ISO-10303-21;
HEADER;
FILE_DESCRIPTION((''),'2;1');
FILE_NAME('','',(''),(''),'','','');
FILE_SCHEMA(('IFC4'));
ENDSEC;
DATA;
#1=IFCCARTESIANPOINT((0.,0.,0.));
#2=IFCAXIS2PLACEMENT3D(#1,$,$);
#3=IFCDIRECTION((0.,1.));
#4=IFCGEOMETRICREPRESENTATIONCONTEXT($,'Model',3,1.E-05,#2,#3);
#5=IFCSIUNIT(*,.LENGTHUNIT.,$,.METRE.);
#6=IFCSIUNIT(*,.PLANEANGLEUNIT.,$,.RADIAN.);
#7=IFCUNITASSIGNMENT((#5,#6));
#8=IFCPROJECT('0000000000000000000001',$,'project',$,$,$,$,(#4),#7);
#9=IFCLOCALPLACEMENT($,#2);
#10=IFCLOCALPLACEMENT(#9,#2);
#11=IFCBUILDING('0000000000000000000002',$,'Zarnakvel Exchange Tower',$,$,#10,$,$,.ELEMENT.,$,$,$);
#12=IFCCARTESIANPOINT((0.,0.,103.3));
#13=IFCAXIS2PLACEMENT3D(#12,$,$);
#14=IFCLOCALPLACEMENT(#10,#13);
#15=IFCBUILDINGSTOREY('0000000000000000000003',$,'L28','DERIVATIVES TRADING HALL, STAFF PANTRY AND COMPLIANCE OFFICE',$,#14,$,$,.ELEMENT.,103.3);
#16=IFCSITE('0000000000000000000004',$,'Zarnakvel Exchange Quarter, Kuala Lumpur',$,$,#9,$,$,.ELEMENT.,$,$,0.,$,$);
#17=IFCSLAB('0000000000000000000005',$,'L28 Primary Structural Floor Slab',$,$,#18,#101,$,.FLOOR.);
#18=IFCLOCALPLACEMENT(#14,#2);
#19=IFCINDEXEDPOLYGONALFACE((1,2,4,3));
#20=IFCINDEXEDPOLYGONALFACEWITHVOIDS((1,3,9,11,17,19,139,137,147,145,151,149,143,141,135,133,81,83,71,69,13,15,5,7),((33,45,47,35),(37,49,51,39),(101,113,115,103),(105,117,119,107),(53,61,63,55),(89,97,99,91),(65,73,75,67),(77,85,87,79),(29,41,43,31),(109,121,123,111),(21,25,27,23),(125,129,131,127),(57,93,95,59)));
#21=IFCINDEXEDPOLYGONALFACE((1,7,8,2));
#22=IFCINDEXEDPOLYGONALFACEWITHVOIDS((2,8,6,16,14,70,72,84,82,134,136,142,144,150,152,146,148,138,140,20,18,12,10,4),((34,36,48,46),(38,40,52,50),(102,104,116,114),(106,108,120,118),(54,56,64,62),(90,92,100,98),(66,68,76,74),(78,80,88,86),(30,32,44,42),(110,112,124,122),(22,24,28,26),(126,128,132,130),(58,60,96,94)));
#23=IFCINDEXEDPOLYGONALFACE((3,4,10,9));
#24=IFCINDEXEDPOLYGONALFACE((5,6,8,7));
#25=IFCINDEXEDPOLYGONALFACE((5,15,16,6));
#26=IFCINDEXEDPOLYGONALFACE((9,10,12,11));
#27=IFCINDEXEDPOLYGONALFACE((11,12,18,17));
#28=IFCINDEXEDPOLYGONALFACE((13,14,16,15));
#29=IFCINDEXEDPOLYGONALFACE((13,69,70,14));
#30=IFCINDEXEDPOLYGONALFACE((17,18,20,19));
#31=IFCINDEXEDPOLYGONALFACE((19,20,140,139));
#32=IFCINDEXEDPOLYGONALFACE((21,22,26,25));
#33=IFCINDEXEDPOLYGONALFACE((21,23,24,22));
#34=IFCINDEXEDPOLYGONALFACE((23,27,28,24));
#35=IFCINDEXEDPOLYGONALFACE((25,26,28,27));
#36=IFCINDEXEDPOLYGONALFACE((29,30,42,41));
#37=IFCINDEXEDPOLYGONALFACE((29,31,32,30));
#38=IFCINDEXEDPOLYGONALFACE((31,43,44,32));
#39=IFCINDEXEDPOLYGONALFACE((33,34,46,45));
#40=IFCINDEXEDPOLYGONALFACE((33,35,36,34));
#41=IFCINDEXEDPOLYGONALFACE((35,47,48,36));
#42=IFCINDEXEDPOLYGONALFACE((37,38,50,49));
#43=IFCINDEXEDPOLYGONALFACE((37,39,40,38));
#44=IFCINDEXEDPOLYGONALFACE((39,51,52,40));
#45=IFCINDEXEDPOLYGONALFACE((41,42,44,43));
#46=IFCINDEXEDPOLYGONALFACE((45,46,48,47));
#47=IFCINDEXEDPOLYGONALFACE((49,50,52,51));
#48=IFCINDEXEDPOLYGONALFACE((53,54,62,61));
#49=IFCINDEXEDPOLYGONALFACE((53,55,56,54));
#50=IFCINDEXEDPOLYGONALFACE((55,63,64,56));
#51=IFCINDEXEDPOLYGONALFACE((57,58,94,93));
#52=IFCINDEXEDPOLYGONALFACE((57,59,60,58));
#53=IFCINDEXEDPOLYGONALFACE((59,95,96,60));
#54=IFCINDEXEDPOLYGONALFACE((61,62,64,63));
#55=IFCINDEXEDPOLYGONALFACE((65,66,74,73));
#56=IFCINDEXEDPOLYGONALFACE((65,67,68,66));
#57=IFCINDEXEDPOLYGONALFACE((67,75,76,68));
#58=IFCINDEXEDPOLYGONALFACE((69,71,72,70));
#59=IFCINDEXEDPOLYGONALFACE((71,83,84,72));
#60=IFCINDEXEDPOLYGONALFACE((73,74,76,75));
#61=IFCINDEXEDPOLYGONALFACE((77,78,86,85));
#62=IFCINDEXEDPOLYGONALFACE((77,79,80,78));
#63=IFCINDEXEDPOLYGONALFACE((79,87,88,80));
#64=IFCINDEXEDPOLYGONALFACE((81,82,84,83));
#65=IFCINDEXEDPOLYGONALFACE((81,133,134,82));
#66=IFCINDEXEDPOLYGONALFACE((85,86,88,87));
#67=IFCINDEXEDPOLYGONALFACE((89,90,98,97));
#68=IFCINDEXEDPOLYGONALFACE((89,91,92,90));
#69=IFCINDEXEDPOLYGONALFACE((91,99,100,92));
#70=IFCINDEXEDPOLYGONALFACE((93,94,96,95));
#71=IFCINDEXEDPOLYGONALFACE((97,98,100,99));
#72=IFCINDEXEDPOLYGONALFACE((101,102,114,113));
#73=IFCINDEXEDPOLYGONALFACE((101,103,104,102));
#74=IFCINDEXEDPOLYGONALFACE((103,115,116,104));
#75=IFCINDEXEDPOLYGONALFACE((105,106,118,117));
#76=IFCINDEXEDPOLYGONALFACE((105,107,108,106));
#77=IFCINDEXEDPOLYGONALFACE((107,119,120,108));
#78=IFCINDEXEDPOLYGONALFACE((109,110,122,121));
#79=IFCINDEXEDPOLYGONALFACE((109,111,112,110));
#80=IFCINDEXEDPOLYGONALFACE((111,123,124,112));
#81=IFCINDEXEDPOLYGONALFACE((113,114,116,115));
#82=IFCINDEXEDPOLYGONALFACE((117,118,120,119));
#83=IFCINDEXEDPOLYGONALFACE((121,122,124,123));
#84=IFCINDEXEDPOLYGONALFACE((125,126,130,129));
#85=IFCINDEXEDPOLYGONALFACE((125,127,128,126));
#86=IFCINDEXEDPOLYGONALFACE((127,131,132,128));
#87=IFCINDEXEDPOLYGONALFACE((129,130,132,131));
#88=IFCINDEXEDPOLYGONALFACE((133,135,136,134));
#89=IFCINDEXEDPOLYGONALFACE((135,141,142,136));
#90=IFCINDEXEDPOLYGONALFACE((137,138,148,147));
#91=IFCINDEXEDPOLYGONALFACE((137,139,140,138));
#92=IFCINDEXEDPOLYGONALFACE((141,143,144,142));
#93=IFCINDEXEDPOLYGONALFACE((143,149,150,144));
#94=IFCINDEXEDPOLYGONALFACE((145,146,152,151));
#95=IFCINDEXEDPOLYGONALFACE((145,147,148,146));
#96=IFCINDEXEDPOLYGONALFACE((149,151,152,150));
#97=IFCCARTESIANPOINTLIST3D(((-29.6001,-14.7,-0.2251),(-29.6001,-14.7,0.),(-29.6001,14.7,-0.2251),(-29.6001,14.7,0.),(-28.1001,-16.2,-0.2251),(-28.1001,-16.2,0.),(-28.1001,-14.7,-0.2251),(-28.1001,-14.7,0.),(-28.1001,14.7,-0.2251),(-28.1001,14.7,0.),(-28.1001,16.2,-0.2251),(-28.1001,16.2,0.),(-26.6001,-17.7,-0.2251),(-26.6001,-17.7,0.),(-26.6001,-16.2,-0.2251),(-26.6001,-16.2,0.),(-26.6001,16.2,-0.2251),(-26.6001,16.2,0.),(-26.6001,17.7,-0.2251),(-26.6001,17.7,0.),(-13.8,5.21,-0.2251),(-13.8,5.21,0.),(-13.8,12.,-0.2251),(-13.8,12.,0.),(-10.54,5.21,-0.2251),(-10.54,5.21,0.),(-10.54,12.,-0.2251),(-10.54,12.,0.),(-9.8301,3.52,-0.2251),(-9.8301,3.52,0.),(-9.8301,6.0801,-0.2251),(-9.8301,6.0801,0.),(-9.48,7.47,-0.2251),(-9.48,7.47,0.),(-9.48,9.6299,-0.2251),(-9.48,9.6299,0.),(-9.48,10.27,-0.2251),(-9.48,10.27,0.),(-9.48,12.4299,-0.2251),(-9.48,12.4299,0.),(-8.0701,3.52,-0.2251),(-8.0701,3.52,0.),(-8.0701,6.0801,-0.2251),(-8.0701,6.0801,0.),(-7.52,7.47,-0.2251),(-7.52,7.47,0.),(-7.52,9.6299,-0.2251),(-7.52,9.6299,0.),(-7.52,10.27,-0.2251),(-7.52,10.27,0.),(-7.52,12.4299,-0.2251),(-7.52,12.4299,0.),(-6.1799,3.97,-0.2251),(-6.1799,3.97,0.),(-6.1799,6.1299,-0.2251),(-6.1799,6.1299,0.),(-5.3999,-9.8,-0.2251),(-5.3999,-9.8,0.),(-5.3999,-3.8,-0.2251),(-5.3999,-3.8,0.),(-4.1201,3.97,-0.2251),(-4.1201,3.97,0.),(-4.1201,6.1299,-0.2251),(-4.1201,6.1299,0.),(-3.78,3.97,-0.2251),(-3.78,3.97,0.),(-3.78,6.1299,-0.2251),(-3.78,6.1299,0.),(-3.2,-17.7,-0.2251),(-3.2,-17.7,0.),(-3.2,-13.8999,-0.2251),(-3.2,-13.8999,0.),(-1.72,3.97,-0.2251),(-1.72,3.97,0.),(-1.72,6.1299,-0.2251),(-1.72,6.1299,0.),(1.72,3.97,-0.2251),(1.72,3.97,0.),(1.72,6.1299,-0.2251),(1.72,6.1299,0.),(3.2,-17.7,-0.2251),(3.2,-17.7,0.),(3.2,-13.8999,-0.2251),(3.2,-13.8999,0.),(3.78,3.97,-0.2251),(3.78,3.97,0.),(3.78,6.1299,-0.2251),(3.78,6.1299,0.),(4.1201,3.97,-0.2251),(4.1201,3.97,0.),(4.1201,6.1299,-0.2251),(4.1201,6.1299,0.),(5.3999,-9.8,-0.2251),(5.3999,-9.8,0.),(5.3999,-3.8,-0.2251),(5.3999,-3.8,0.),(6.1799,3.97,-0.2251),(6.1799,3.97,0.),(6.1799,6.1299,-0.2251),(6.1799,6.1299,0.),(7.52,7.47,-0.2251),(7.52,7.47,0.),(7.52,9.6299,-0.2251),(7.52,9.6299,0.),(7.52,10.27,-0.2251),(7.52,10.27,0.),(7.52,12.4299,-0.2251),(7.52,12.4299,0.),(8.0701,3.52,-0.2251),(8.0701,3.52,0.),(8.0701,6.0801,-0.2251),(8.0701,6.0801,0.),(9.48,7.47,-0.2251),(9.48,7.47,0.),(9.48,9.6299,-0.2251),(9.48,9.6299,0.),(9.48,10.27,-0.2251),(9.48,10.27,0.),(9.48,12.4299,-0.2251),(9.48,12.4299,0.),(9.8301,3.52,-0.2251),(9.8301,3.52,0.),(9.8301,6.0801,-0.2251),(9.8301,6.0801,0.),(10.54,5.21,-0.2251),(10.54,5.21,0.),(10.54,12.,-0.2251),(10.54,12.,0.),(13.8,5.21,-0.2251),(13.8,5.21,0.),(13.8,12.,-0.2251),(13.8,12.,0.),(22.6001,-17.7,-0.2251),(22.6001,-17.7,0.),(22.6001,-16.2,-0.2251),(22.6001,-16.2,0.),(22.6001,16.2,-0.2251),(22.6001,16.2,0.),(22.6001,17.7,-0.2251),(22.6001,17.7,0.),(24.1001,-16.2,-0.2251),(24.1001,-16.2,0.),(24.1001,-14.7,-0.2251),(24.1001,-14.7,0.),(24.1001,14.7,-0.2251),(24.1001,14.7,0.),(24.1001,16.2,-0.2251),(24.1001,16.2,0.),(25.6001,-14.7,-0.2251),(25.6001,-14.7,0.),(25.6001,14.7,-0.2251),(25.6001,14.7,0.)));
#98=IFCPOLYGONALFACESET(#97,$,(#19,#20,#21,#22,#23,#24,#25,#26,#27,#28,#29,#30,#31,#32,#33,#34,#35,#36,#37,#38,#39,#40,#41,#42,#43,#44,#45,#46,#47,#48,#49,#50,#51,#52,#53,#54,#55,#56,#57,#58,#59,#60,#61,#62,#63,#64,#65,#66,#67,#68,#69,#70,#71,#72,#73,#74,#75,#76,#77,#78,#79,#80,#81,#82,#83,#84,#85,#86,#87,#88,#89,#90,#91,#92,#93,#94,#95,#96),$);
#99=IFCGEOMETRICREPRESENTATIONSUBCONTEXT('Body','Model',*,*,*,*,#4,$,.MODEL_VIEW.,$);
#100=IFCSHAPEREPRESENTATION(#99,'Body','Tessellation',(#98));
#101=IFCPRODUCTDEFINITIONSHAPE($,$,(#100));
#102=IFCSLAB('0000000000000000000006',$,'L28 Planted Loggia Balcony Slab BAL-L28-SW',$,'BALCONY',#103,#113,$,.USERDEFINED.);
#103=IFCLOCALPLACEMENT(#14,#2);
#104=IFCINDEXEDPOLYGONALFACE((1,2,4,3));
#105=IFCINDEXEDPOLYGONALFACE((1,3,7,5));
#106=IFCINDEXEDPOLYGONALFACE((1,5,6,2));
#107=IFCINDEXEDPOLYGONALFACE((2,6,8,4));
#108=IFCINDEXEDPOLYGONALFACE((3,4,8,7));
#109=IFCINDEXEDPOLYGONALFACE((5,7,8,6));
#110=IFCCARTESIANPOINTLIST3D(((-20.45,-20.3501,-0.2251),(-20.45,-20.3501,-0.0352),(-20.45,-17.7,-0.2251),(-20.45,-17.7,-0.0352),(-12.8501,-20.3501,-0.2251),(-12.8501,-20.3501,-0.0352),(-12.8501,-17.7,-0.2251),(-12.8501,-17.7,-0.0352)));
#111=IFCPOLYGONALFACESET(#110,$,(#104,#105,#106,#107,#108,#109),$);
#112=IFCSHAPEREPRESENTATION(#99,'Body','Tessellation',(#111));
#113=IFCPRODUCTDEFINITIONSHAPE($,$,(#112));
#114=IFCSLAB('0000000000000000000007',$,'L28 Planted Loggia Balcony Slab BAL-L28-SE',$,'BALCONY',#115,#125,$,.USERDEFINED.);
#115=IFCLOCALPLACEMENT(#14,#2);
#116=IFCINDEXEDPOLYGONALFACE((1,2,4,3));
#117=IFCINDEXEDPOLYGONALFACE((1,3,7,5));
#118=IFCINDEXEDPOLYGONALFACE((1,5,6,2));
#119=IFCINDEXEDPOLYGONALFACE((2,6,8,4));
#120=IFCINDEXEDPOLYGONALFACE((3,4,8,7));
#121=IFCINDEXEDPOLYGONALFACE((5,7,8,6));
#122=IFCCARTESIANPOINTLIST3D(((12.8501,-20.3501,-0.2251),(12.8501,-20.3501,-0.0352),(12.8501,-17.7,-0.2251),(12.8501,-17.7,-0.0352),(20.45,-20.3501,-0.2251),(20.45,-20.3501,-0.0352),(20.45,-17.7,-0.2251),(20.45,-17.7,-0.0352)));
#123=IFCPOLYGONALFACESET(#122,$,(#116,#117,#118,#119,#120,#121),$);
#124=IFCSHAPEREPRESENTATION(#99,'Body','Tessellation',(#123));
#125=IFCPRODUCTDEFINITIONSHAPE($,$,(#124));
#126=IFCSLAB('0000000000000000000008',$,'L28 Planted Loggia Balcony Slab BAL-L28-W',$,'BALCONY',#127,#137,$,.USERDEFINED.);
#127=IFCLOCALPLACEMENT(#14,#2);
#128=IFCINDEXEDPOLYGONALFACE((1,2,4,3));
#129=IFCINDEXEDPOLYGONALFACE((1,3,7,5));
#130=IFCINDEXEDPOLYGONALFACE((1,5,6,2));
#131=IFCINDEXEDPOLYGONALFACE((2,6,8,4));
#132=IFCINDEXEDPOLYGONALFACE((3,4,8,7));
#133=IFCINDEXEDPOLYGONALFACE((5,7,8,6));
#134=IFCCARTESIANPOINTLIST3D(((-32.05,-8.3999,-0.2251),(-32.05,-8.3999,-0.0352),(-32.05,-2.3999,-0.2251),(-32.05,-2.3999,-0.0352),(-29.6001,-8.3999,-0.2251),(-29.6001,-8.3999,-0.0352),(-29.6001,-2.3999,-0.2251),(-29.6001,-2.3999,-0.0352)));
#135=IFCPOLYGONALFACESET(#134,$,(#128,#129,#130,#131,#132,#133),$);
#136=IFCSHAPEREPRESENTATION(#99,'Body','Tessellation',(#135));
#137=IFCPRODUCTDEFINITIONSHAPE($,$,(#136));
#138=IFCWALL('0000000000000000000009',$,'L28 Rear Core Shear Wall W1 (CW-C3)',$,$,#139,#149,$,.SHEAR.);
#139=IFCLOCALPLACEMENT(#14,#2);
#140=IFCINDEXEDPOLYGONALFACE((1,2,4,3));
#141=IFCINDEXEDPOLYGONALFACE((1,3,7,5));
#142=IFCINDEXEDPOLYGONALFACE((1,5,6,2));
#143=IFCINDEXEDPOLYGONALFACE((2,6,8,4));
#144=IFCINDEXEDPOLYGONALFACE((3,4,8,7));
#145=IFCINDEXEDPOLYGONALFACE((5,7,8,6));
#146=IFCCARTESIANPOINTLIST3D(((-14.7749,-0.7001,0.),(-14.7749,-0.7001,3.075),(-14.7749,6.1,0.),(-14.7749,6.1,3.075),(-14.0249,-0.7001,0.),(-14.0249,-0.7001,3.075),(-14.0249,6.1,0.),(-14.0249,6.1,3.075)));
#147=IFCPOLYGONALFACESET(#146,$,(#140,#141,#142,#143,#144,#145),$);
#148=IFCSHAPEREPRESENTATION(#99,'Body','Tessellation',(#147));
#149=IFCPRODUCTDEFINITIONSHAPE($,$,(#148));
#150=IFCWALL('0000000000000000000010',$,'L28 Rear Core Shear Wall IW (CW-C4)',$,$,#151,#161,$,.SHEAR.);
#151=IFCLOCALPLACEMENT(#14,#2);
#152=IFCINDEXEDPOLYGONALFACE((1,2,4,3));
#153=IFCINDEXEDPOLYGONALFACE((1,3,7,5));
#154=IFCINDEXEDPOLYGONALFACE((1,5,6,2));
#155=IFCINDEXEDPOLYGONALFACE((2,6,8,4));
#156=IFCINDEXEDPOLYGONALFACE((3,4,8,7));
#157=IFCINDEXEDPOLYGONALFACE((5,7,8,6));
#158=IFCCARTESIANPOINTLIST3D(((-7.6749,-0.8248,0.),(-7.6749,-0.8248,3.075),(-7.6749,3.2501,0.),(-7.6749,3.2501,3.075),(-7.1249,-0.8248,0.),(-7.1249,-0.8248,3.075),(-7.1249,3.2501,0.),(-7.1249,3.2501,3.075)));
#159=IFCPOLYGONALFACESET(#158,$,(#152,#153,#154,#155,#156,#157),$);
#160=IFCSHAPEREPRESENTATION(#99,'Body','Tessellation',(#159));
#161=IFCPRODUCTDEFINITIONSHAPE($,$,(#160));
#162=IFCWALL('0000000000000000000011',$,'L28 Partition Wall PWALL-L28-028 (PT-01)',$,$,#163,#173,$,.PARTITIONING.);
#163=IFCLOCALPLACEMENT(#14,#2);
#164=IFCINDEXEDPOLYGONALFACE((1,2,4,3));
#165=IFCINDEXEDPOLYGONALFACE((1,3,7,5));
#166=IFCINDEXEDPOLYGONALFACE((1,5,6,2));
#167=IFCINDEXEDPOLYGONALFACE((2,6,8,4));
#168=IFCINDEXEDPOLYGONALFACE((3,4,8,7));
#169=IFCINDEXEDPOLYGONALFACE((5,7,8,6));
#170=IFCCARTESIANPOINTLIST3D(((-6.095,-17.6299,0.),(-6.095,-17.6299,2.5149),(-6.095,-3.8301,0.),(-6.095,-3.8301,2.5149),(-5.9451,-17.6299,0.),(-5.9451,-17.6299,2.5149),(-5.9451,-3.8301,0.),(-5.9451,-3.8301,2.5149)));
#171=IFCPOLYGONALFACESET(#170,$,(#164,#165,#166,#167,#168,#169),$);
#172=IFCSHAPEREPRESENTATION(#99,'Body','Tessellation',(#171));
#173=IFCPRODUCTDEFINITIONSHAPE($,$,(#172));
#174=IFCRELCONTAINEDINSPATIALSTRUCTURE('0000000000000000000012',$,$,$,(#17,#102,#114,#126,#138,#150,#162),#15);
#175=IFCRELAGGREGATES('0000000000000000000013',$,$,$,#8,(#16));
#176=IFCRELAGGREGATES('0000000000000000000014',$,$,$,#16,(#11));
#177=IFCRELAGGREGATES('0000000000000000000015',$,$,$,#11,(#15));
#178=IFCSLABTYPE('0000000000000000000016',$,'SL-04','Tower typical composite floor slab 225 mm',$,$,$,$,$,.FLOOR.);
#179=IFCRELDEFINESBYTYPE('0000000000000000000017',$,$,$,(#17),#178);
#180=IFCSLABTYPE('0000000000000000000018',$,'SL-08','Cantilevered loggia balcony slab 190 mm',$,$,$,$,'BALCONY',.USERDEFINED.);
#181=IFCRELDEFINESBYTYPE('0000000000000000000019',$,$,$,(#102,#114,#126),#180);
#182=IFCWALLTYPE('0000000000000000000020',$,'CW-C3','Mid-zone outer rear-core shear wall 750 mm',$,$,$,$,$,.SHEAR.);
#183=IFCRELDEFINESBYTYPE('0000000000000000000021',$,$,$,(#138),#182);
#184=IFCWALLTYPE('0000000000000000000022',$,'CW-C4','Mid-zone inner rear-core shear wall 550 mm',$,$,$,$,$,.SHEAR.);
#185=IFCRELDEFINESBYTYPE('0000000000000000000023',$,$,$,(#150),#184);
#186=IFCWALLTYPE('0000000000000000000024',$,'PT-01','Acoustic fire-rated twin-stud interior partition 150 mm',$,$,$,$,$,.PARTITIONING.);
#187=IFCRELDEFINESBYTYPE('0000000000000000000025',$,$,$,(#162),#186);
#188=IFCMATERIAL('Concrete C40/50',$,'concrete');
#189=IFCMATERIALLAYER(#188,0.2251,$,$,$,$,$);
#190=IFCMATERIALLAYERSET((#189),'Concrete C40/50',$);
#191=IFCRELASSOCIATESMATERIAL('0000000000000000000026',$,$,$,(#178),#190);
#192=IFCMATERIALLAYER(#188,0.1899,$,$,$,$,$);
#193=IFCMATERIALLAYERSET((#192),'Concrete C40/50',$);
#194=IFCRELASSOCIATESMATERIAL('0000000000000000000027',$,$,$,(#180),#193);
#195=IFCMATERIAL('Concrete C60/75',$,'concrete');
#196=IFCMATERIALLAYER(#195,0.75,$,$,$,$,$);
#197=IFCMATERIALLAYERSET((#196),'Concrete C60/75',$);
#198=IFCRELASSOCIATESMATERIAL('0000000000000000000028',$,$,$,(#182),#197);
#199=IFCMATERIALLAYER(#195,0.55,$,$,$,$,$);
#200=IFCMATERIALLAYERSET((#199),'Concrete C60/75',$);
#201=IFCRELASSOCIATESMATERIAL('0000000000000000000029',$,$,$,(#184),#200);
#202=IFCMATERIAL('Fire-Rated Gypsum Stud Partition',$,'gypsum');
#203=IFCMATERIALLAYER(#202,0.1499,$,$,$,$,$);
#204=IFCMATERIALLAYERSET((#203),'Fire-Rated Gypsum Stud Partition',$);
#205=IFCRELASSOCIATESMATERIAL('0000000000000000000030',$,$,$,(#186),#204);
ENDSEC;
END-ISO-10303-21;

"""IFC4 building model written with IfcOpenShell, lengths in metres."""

from ifc_helpers import new_model, si_unit, direction, frame, frame_2d, origin, place, context, subcontext, project, spatial, polyline, rectangle, outline, extrude, material, layer, layer_set, type_object, element, save


model = new_model("IFC4")

# Units and contexts
model_context = context("Model", 3, precision=1e-05, world=origin(), true_north=direction((0.0, 1.0)))
body_context = subcontext(model_context, "Body", "Model", "MODEL_VIEW")
ifc_project = project(units=[si_unit("LENGTHUNIT", "METRE"), si_unit("PLANEANGLEUNIT", "RADIAN")], contexts=[model_context])

# Site, building, storey
site_placement = place(None, origin())
site = spatial("IfcSite", under=ifc_project, at=site_placement, Name="Zarnakvel Exchange Quarter, Kuala Lumpur", CompositionType="ELEMENT", RefElevation=0.0)
building_placement = place(site_placement, origin())
building = spatial("IfcBuilding", under=site, at=building_placement, Name="Zarnakvel Exchange Tower", CompositionType="ELEMENT")
storey_placement = place(building_placement, frame((0.0, 0.0, 103.3)))
storey = spatial("IfcBuildingStorey", under=building, at=storey_placement, Name="L28", Description="DERIVATIVES TRADING HALL, STAFF PANTRY AND COMPLIANCE OFFICE", CompositionType="ELEMENT", Elevation=103.3)

# Shared definitions
ifc_material_1 = material(Name="Concrete C60/75", Category="concrete")

# Shared definitions
ifc_material_2 = material(Name="Concrete C40/50", Category="concrete")

# Slabs
ifc_layer_1 = layer(ifc_material_2, 0.2251)
ifc_layer_set_1 = layer_set([ifc_layer_1], Name="Concrete C40/50")
slab_type_1 = type_object("IfcSlabType", Name="SL-04", Description="Tower typical composite floor slab 225 mm", PredefinedType="FLOOR", material=ifc_layer_set_1)
slab_1_placement = place(storey_placement, frame((0.0, 0.0, -0.2251)))
element("IfcSlab", 1, at=slab_1_placement, inside=storey, type_object=slab_type_1, Name="L28 Primary Structural Floor Slab", PredefinedType="FLOOR", context=body_context, shape_type="SweptSolid", body=[
    extrude(outline(polyline([(-29.6001, -14.7), (-28.1001, -14.7), (-28.1001, -16.2), (-26.6001, -16.2), (-26.6001, -17.7), (-3.2, -17.7), (-3.2, -13.8999), (3.2, -13.8999), (3.2, -17.7), (22.6001, -17.7), (22.6001, -16.2), (24.1001, -16.2), (24.1001, -14.7), (25.6001, -14.7), (25.6001, 14.7), (24.1001, 14.7), (24.1001, 16.2), (22.6001, 16.2), (22.6001, 17.7), (-26.6001, 17.7), (-26.6001, 16.2), (-28.1001, 16.2), (-28.1001, 14.7), (-29.6001, 14.7), (-29.6001, -14.7)]), holes=[polyline([(-5.3999, -9.8), (5.3999, -9.8), (5.3999, -3.8), (-5.3999, -3.8), (-5.3999, -9.8)]), polyline([(-13.8, 5.21), (-10.54, 5.21), (-10.54, 12.0), (-13.8, 12.0), (-13.8, 5.21)]), polyline([(10.54, 5.21), (13.8, 5.21), (13.8, 12.0), (10.54, 12.0), (10.54, 5.21)]), polyline([(-9.8301, 3.52), (-8.0701, 3.52), (-8.0701, 6.0801), (-9.8301, 6.0801), (-9.8301, 3.52)]), polyline([(8.0701, 3.52), (9.8301, 3.52), (9.8301, 6.0801), (8.0701, 6.0801), (8.0701, 3.52)]), polyline([(-6.1799, 3.97), (-4.1201, 3.97), (-4.1201, 6.1299), (-6.1799, 6.1299), (-6.1799, 3.97)]), polyline([(-3.78, 3.97), (-1.72, 3.97), (-1.72, 6.1299), (-3.78, 6.1299), (-3.78, 3.97)]), polyline([(1.72, 3.97), (3.78, 3.97), (3.78, 6.1299), (1.72, 6.1299), (1.72, 3.97)]), polyline([(4.1201, 3.97), (6.1799, 3.97), (6.1799, 6.1299), (4.1201, 6.1299), (4.1201, 3.97)]), polyline([(-9.48, 7.47), (-7.52, 7.47), (-7.52, 9.6299), (-9.48, 9.6299), (-9.48, 7.47)]), polyline([(-9.48, 10.27), (-7.52, 10.27), (-7.52, 12.4299), (-9.48, 12.4299), (-9.48, 10.27)]), polyline([(7.52, 7.47), (9.48, 7.47), (9.48, 9.6299), (7.52, 9.6299), (7.52, 7.47)]), polyline([(7.52, 10.27), (9.48, 10.27), (9.48, 12.4299), (7.52, 12.4299), (7.52, 10.27)])]), origin(), (0.0, 0.0, 1.0), 0.2251),
])
ifc_layer_2 = layer(ifc_material_2, 0.1899)
ifc_layer_set_2 = layer_set([ifc_layer_2], Name="Concrete C40/50")
slab_type_2 = type_object("IfcSlabType", Name="SL-08", Description="Cantilevered loggia balcony slab 190 mm", ElementType="BALCONY", PredefinedType="USERDEFINED", material=ifc_layer_set_2)
slab_2_placement = place(storey_placement, frame((0.0, 0.0, -0.2251)))
element("IfcSlab", 2, at=slab_2_placement, inside=storey, type_object=slab_type_2, Name="L28 Planted Loggia Balcony Slab BAL-L28-SW", ObjectType="BALCONY", PredefinedType="USERDEFINED", context=body_context, shape_type="SweptSolid", body=[
    extrude(outline(polyline([(-20.45, -20.3501), (-12.8501, -20.3501), (-12.8501, -17.7), (-20.45, -17.7), (-20.45, -20.3501)])), origin(), (0.0, 0.0, 1.0), 0.1899),
])
slab_3_placement = place(storey_placement, frame((0.0, 0.0, -0.2251)))
element("IfcSlab", 3, at=slab_3_placement, inside=storey, type_object=slab_type_2, Name="L28 Planted Loggia Balcony Slab BAL-L28-SE", ObjectType="BALCONY", PredefinedType="USERDEFINED", context=body_context, shape_type="SweptSolid", body=[
    extrude(outline(polyline([(12.8501, -20.3501), (20.45, -20.3501), (20.45, -17.7), (12.8501, -17.7), (12.8501, -20.3501)])), origin(), (0.0, 0.0, 1.0), 0.1899),
])
slab_4_placement = place(storey_placement, frame((0.0, 0.0, -0.2251)))
element("IfcSlab", 4, at=slab_4_placement, inside=storey, type_object=slab_type_2, Name="L28 Planted Loggia Balcony Slab BAL-L28-W", ObjectType="BALCONY", PredefinedType="USERDEFINED", context=body_context, shape_type="SweptSolid", body=[
    extrude(outline(polyline([(-32.05, -8.3999), (-29.6001, -8.3999), (-29.6001, -2.3999), (-32.05, -2.3999), (-32.05, -8.3999)])), origin(), (0.0, 0.0, 1.0), 0.1899),
])

# Wall
ifc_layer_3 = layer(ifc_material_1, 0.75)
ifc_layer_set_3 = layer_set([ifc_layer_3], Name="Concrete C60/75")
wall_type_1 = type_object("IfcWallType", Name="CW-C3", Description="Mid-zone outer rear-core shear wall 750 mm", PredefinedType="SHEAR", material=ifc_layer_set_3)
wall_1_placement = place(storey_placement, frame((-14.3999, -0.7, 0.0), z_axis=(0.0, 0.0, 1.0), x_axis=(0.0, 1.0, 0.0)))
element("IfcWall", 5, at=wall_1_placement, inside=storey, type_object=wall_type_1, Name="L28 Rear Core Shear Wall W1 (CW-C3)", PredefinedType="SHEAR", context=body_context, shape_type="SweptSolid", body=[
    extrude(rectangle(XDim=6.8, YDim=0.75, at=frame_2d((3.3999, 0.0))), origin(), (0.0, 0.0, 1.0), 3.075),
])

# Walls
ifc_layer_4 = layer(ifc_material_1, 0.55)
ifc_layer_set_4 = layer_set([ifc_layer_4], Name="Concrete C60/75")
wall_type_2 = type_object("IfcWallType", Name="CW-C4", Description="Mid-zone inner rear-core shear wall 550 mm", PredefinedType="SHEAR", material=ifc_layer_set_4)
wall_2_placement = place(storey_placement, frame((-7.3999, -0.825, 0.0), z_axis=(0.0, 0.0, 1.0), x_axis=(0.0, 1.0, 0.0)))
element("IfcWall", 6, at=wall_2_placement, inside=storey, type_object=wall_type_2, Name="L28 Rear Core Shear Wall IW (CW-C4)", PredefinedType="SHEAR", context=body_context, shape_type="SweptSolid", body=[
    extrude(rectangle(XDim=4.075, YDim=0.55, at=frame_2d((2.0376, 0.0))), origin(), (0.0, 0.0, 1.0), 3.075),
])
ifc_material_3 = material(Name="Fire-Rated Gypsum Stud Partition", Category="gypsum")
ifc_layer_5 = layer(ifc_material_3, 0.1499)
ifc_layer_set_5 = layer_set([ifc_layer_5], Name="Fire-Rated Gypsum Stud Partition")
wall_type_3 = type_object("IfcWallType", Name="PT-01", Description="Acoustic fire-rated twin-stud interior partition 150 mm", PredefinedType="PARTITIONING", material=ifc_layer_set_5)
wall_3_placement = place(storey_placement, frame((-6.02, -3.8301, 0.0), z_axis=(0.0, 0.0, 1.0), x_axis=(0.0, -1.0, 0.0)))
element("IfcWall", 7, at=wall_3_placement, inside=storey, type_object=wall_type_3, Name="L28 Partition Wall PWALL-L28-028 (PT-01)", PredefinedType="PARTITIONING", context=body_context, shape_type="SweptSolid", body=[
    extrude(rectangle(XDim=13.7998, YDim=0.1499, at=frame_2d((6.8999, 0.0))), origin(), (0.0, 0.0, 1.0), 2.5149),
])

save(model, "model.ifc")
